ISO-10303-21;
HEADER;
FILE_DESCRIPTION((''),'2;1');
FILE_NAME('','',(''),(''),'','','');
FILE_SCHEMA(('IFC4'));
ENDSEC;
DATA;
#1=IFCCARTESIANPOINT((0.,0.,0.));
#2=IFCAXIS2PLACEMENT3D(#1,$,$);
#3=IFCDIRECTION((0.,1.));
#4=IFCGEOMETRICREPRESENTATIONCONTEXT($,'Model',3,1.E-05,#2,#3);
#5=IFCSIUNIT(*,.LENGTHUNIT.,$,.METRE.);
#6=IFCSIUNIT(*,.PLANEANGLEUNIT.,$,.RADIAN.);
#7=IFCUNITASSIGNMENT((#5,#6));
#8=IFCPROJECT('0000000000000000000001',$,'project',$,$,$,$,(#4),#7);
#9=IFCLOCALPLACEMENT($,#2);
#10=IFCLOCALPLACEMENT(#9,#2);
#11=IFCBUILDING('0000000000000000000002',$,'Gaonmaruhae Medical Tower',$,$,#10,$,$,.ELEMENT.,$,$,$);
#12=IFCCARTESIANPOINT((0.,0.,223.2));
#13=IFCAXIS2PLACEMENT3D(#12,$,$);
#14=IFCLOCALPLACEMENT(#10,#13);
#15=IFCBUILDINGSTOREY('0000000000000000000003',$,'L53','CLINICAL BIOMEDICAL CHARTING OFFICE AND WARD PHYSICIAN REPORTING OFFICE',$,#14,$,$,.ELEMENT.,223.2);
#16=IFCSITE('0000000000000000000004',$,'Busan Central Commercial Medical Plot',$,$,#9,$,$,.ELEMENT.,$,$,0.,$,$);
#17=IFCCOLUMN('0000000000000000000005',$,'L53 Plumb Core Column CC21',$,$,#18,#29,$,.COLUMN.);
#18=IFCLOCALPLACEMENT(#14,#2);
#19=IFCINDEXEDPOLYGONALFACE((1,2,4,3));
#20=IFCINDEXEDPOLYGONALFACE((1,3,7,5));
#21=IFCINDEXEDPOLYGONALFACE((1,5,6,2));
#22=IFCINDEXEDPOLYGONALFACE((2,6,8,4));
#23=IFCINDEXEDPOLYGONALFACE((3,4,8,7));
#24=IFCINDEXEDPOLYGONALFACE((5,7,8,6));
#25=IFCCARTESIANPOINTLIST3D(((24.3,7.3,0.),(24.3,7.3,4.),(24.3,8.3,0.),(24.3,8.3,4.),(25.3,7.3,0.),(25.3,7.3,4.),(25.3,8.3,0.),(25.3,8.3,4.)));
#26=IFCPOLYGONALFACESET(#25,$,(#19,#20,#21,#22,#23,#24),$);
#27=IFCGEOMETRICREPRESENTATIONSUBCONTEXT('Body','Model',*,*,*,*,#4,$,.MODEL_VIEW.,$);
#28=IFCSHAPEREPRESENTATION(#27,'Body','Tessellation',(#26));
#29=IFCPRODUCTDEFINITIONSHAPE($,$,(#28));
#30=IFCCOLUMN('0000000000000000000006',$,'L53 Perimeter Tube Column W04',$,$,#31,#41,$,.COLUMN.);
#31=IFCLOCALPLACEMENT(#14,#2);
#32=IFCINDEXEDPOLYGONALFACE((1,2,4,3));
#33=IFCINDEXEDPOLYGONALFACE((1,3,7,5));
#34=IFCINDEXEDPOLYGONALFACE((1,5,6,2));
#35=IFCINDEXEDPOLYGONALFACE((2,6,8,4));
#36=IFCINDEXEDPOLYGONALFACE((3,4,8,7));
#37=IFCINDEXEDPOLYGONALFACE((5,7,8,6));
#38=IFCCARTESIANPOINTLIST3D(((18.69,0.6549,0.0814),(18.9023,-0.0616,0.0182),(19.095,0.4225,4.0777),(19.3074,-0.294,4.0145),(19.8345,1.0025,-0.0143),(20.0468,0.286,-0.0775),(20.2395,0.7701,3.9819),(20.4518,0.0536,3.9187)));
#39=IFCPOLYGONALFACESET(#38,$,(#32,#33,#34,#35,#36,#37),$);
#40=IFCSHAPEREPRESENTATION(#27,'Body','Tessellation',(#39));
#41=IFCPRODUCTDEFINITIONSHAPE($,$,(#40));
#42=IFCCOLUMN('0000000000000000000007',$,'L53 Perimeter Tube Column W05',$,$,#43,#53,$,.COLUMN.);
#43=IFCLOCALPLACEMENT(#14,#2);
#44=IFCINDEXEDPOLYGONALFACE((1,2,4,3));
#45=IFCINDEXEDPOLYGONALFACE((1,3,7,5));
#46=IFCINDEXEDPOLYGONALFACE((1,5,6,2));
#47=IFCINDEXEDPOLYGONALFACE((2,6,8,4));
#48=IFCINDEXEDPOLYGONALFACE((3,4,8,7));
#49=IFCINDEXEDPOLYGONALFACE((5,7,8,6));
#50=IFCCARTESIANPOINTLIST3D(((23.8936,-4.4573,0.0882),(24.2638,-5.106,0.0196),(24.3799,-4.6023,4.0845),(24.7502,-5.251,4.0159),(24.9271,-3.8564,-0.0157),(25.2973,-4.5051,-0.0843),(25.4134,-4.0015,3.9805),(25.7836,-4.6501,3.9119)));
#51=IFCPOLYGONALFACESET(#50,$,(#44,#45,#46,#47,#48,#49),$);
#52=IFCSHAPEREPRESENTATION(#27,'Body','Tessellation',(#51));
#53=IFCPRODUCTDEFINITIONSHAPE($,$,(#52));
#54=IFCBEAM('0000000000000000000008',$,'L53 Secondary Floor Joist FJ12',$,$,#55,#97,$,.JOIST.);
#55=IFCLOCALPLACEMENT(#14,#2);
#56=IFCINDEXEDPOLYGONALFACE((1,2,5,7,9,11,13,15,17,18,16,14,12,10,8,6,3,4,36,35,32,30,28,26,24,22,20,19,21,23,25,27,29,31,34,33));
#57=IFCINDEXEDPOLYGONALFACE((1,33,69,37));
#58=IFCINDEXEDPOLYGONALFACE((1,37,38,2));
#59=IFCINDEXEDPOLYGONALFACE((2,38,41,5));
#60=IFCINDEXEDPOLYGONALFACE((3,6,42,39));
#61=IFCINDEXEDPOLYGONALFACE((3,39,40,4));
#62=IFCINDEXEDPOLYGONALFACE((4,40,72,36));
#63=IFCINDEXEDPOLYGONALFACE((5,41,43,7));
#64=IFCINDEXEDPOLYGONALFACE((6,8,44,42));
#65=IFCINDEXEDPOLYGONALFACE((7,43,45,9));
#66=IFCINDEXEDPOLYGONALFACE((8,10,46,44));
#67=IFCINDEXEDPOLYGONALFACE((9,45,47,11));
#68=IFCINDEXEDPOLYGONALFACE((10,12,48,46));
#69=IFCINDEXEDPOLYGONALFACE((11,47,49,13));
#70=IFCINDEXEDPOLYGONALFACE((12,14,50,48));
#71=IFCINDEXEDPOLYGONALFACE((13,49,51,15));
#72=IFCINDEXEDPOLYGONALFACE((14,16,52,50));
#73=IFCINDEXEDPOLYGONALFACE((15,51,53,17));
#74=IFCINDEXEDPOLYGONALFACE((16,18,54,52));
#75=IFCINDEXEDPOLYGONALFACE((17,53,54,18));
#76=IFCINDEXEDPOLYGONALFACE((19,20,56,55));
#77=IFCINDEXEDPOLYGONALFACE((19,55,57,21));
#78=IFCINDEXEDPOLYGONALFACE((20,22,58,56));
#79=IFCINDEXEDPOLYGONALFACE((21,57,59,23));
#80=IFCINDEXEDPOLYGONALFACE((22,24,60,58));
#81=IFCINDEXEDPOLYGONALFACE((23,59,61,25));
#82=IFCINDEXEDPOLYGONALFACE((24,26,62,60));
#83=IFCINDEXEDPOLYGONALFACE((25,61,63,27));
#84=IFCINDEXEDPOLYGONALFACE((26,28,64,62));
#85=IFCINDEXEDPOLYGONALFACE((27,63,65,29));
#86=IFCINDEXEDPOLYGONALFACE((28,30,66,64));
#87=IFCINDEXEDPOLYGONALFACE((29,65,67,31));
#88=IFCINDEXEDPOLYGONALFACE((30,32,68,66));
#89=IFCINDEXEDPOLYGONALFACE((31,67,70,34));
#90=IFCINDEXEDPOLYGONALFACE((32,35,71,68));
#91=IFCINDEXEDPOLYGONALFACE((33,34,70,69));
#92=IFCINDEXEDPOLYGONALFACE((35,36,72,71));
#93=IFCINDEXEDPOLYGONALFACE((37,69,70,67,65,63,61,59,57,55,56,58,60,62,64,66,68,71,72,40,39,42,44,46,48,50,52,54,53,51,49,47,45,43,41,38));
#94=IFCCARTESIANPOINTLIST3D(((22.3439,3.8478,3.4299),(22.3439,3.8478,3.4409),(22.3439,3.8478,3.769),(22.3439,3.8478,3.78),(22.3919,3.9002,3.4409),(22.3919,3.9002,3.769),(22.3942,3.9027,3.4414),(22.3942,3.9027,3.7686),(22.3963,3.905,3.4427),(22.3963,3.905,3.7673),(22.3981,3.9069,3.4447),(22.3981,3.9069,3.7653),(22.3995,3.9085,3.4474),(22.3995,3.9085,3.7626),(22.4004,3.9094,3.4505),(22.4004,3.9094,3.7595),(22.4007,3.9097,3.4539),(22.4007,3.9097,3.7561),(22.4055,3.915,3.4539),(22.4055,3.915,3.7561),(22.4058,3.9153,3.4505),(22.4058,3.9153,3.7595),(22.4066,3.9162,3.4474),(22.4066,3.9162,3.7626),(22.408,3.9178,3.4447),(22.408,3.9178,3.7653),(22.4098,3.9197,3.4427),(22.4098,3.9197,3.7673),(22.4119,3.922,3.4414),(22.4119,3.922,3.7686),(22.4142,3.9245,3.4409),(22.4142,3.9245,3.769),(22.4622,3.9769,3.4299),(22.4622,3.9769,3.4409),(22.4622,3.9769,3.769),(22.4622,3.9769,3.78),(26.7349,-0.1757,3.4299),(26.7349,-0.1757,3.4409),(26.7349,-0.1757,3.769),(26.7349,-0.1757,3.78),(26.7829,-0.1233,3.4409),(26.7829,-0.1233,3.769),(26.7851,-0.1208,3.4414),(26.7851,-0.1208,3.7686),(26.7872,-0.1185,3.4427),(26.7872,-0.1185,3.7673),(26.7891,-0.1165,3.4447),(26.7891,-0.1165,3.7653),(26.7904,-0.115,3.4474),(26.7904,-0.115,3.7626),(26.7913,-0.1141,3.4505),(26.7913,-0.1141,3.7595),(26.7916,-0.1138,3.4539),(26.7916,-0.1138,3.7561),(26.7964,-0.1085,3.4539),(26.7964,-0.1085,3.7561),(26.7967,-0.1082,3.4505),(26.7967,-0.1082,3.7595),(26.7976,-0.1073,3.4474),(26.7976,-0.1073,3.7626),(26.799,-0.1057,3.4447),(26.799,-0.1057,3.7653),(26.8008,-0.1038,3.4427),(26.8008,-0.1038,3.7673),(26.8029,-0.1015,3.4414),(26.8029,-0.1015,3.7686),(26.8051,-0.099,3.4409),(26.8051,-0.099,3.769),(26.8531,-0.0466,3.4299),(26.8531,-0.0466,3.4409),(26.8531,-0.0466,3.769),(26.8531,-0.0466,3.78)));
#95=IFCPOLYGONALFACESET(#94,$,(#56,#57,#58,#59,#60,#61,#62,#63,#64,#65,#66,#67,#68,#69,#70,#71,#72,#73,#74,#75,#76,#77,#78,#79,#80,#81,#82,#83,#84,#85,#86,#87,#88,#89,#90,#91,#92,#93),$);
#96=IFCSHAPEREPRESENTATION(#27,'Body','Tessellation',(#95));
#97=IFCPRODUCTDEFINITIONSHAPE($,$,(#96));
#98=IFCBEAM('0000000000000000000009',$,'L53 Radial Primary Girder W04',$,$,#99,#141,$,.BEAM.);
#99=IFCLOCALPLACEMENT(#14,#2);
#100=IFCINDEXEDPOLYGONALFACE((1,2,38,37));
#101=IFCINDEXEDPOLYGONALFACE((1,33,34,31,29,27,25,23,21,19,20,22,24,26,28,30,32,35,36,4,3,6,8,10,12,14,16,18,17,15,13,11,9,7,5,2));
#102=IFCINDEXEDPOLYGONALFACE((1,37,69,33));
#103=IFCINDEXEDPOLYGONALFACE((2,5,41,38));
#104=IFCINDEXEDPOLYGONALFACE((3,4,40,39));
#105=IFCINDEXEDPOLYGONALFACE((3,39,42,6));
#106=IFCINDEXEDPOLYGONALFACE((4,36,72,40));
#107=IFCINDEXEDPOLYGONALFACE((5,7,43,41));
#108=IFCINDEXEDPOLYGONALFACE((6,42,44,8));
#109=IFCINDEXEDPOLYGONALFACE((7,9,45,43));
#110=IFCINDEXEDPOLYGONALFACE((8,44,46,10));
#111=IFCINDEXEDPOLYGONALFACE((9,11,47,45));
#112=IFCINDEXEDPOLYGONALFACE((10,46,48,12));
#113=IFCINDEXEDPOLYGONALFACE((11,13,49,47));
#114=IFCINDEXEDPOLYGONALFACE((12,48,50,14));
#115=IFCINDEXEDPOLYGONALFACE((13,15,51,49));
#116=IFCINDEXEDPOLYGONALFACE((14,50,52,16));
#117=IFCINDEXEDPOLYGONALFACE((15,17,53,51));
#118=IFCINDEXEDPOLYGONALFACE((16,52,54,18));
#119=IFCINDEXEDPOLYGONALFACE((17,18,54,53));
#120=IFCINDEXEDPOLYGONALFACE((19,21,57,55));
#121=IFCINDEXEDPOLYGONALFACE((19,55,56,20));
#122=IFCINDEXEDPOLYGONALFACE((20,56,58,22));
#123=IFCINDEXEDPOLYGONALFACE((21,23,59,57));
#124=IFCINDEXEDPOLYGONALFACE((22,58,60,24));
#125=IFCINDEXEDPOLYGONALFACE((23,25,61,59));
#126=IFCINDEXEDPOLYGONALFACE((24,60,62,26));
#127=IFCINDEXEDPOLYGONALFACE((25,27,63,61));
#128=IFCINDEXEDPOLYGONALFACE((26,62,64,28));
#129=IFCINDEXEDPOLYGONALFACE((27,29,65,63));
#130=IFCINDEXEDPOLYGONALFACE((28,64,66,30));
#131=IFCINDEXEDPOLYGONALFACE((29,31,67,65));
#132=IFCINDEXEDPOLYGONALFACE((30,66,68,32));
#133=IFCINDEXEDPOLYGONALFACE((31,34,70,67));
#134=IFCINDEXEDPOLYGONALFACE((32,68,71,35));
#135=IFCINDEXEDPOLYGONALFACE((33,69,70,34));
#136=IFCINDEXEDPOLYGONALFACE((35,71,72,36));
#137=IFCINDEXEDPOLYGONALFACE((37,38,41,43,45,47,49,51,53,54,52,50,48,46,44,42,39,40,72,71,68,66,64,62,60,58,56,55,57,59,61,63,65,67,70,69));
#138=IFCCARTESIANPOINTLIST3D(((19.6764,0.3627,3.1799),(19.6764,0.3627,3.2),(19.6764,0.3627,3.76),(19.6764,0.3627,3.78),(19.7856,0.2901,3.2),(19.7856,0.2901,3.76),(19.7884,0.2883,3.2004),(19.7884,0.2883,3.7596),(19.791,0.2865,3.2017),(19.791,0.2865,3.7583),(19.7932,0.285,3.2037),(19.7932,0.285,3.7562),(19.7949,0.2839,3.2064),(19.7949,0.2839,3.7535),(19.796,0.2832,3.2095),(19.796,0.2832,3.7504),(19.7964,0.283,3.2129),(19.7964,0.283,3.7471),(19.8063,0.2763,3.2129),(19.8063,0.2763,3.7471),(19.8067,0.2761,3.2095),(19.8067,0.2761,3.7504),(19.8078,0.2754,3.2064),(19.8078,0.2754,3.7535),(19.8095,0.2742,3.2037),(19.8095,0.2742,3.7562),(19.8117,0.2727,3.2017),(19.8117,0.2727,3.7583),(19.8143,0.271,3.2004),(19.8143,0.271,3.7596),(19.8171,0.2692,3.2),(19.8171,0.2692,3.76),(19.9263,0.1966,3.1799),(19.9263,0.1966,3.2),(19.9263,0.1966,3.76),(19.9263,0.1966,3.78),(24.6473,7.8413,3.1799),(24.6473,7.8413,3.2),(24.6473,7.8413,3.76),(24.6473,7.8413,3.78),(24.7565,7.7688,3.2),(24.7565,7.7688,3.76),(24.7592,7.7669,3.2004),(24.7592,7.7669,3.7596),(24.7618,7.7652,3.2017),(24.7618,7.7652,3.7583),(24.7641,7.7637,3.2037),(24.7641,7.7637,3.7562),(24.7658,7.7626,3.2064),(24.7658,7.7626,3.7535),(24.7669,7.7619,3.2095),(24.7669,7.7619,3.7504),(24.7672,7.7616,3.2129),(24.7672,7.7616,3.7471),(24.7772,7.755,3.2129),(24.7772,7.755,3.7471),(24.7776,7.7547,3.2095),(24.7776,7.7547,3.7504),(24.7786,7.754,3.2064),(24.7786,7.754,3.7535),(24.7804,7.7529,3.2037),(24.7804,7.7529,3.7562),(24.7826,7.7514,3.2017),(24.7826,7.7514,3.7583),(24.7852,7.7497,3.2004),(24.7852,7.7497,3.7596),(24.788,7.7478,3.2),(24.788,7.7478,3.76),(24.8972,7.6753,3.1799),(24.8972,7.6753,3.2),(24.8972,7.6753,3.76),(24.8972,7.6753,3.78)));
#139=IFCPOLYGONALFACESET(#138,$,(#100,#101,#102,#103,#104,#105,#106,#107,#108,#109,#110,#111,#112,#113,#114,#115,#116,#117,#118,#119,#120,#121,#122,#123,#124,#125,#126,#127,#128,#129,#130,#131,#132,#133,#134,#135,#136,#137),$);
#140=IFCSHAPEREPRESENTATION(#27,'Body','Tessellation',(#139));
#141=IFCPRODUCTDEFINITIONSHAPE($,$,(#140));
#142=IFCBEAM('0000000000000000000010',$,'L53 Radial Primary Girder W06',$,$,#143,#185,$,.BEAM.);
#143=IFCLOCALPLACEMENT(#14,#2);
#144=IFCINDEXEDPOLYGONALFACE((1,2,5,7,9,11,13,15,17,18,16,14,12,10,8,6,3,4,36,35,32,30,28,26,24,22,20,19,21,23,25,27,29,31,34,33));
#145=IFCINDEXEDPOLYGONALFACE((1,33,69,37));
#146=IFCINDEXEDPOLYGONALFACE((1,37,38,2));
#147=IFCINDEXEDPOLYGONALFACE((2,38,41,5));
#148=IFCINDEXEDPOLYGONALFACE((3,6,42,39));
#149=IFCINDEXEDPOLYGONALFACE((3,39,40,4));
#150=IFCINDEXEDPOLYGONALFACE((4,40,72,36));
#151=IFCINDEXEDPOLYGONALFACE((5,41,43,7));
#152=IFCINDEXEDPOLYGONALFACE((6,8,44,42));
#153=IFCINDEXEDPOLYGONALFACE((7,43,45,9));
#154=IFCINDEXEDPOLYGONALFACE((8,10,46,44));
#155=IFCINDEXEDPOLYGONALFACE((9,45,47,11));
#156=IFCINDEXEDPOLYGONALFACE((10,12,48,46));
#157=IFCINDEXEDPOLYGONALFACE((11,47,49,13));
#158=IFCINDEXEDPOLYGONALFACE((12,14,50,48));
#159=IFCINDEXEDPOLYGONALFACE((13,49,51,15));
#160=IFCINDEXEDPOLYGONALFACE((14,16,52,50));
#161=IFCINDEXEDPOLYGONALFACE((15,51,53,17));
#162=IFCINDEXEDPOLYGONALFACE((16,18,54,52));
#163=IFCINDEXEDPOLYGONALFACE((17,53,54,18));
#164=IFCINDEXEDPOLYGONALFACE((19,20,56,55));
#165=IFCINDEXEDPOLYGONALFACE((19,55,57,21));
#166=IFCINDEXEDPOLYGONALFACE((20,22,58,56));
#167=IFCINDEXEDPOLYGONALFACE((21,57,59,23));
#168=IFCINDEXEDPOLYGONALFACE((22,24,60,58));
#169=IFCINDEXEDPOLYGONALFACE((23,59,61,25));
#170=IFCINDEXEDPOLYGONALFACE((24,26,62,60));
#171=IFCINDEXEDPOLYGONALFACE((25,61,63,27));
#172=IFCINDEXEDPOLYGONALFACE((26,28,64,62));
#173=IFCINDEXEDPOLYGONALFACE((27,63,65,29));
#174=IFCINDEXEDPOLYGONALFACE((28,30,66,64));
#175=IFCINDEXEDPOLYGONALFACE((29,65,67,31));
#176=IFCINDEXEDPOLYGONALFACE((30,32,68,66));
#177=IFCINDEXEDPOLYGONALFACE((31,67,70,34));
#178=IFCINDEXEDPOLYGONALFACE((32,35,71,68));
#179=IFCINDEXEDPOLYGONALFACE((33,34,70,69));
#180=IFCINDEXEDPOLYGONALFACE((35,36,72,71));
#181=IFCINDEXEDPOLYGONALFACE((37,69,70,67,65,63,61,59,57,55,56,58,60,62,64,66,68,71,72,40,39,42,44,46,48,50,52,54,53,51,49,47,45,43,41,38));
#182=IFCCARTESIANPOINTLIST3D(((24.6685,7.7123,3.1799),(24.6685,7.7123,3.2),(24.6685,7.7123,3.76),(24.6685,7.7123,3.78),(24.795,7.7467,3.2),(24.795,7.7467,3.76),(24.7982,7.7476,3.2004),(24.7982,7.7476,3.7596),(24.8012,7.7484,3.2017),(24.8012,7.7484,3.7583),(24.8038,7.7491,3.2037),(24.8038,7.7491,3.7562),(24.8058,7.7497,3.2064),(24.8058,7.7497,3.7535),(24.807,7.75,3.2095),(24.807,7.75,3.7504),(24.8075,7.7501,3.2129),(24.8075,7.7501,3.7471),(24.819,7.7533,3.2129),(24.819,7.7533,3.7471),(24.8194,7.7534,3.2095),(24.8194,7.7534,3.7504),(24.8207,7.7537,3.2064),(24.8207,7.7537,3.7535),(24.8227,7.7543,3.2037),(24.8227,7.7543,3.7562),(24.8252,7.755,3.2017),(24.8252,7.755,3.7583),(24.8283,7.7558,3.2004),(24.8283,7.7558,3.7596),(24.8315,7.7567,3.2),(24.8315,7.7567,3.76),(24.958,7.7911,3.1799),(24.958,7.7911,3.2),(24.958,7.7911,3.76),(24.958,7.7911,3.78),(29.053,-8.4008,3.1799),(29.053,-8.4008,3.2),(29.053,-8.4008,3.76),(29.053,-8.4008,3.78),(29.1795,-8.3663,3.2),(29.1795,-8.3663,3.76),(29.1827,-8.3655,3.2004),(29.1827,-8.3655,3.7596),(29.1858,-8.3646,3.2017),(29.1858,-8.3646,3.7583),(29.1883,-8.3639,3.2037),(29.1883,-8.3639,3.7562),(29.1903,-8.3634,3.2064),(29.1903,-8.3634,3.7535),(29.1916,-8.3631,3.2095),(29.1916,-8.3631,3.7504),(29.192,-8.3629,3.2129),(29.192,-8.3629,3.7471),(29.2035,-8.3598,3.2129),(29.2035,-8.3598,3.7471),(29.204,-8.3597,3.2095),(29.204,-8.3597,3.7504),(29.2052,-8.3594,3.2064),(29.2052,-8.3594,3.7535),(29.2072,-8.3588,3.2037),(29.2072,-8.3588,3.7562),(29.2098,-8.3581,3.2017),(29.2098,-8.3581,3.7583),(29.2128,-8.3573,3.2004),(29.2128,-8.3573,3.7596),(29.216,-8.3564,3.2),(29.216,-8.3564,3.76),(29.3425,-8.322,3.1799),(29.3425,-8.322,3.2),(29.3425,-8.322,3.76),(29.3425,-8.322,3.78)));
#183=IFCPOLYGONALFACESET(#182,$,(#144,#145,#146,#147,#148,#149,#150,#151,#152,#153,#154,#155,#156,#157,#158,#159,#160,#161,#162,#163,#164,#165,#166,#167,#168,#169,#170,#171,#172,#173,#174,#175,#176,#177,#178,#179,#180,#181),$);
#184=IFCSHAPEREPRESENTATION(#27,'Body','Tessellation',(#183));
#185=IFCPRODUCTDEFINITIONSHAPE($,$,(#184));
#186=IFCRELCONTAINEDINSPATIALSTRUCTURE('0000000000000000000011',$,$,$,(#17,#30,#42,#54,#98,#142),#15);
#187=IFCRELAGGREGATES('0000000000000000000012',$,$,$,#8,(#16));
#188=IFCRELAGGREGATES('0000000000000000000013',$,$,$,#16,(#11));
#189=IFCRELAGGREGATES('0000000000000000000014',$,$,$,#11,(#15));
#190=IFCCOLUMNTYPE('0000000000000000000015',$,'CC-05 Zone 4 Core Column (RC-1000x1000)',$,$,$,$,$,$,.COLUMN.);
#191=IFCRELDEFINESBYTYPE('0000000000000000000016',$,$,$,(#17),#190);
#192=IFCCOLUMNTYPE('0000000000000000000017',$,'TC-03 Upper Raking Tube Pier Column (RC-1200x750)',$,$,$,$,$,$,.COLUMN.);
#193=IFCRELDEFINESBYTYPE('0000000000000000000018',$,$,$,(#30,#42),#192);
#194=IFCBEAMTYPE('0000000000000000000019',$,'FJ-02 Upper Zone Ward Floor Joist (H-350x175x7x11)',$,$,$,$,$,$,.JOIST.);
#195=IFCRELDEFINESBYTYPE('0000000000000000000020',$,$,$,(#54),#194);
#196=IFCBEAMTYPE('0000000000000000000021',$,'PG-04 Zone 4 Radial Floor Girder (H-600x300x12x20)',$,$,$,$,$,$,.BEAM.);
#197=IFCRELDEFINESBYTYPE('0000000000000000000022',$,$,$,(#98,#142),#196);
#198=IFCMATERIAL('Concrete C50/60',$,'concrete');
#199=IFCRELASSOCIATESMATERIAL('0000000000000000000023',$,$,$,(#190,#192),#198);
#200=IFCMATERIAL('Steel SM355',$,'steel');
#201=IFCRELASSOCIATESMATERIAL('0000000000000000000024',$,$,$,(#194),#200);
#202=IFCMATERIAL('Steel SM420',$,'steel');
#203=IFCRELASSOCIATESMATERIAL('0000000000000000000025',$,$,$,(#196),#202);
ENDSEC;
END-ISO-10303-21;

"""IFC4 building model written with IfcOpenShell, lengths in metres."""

from ifc_helpers import new_model, si_unit, direction, frame, origin, origin_2d, place, context, subcontext, project, spatial, rectangle, i_section, extrude, material, material_profile, profile_set, type_object, element, save


model = new_model("IFC4")

# Units and contexts
model_context = context("Model", 3, precision=1e-05, world=origin(), true_north=direction((0.0, 1.0)))
body_context = subcontext(model_context, "Body", "Model", "MODEL_VIEW")
ifc_project = project(units=[si_unit("LENGTHUNIT", "METRE"), si_unit("PLANEANGLEUNIT", "RADIAN")], contexts=[model_context])

# Site, building, storey
site_placement = place(None, origin())
site = spatial("IfcSite", under=ifc_project, at=site_placement, Name="Busan Central Commercial Medical Plot", CompositionType="ELEMENT", RefElevation=0.0)
building_placement = place(site_placement, origin())
building = spatial("IfcBuilding", under=site, at=building_placement, Name="Gaonmaruhae Medical Tower", CompositionType="ELEMENT")
storey_placement = place(building_placement, frame((0.0, 0.0, 223.2)))
storey = spatial("IfcBuildingStorey", under=building, at=storey_placement, Name="L53", Description="CLINICAL BIOMEDICAL CHARTING OFFICE AND WARD PHYSICIAN REPORTING OFFICE", CompositionType="ELEMENT", Elevation=223.2)

# Columns
ifc_material_1 = material(Name="Concrete C50/60", Category="concrete")
ifc_material_profile_1 = material_profile(ifc_material_1, rectangle(XDim=1.0, YDim=1.0, at=origin_2d()), Name="RC-1000x1000")
ifc_profile_set_1 = profile_set([ifc_material_profile_1], Name="Concrete C50/60")
column_type_1 = type_object("IfcColumnType", Name="CC-05 Zone 4 Core Column (RC-1000x1000)", PredefinedType="COLUMN", material=ifc_profile_set_1)
column_1_placement = place(storey_placement, frame((24.8, 7.8, 0.0), z_axis=(0.0, 0.0, 1.0), x_axis=(1.0, 0.0, 0.0)))
element("IfcColumn", 1, at=column_1_placement, inside=storey, type_object=column_type_1, Name="L53 Plumb Core Column CC21", PredefinedType="COLUMN", context=body_context, shape_type="SweptSolid", body=[
    extrude(rectangle(XDim=1.0, YDim=1.0, at=origin_2d()), origin(), (0.0, 0.0, 1.0), 4.0),
])
ifc_material_profile_2 = material_profile(ifc_material_1, rectangle(XDim=1.2, YDim=0.75, at=origin_2d()), Name="RC-1200x750")
ifc_profile_set_2 = profile_set([ifc_material_profile_2], Name="Concrete C50/60")
column_type_2 = type_object("IfcColumnType", Name="TC-03 Upper Raking Tube Pier Column (RC-1200x750)", PredefinedType="COLUMN", material=ifc_profile_set_2)
column_2_placement = place(storey_placement, frame((19.3684, 0.4705, 0.002), z_axis=(0.100665, -0.057766, 0.993242), x_axis=(-0.953786, -0.289692, 0.079818)))
element("IfcColumn", 2, at=column_2_placement, inside=storey, type_object=column_type_2, Name="L53 Perimeter Tube Column W04", PredefinedType="COLUMN", context=body_context, shape_type="SweptSolid", body=[
    extrude(rectangle(XDim=1.2, YDim=0.75, at=origin_2d()), origin(), (0.0, 0.0, 1.0), 4.0234),
])
column_3_placement = place(storey_placement, frame((24.5955, -4.4812, 0.002), z_axis=(0.120724, -0.035999, 0.992033), x_axis=(-0.861248, -0.500746, 0.086637)))
element("IfcColumn", 3, at=column_3_placement, inside=storey, type_object=column_type_2, Name="L53 Perimeter Tube Column W05", PredefinedType="COLUMN", context=body_context, shape_type="SweptSolid", body=[
    extrude(rectangle(XDim=1.2, YDim=0.75, at=origin_2d()), origin(), (0.0, 0.0, 1.0), 4.0283),
])

# Beams
ifc_material_2 = material(Name="Steel SM355", Category="steel")
ifc_material_profile_3 = material_profile(ifc_material_2, i_section(OverallWidth=0.175, OverallDepth=0.3501, WebThickness=0.0071, FlangeThickness=0.011, FilletRadius=0.0129, at=origin_2d()), Name="H-350x175x7x11")
ifc_profile_set_3 = profile_set([ifc_material_profile_3], Name="Steel SM355")
beam_type_1 = type_object("IfcBeamType", Name="FJ-02 Upper Zone Ward Floor Joist (H-350x175x7x11)", PredefinedType="JOIST", material=ifc_profile_set_3)
beam_1_placement = place(storey_placement, frame((22.4031, 3.9124, 3.605), z_axis=(0.737282, -0.675585, 0.0), x_axis=(0.675585, 0.737282, 0.0)))
element("IfcBeam", 4, at=beam_1_placement, inside=storey, type_object=beam_type_1, Name="L53 Secondary Floor Joist FJ12", PredefinedType="JOIST", context=body_context, shape_type="SweptSolid", body=[
    extrude(i_section(OverallWidth=0.175, OverallDepth=0.3501, WebThickness=0.0071, FlangeThickness=0.011, FilletRadius=0.0129, at=origin_2d()), origin(), (0.0, 0.0, 1.0), 5.9556),
])
ifc_material_3 = material(Name="Steel SM420", Category="steel")
ifc_material_profile_4 = material_profile(ifc_material_3, i_section(OverallWidth=0.3, OverallDepth=0.6001, WebThickness=0.012, FlangeThickness=0.02, FilletRadius=0.0129, at=origin_2d()), Name="H-600x300x12x20")
ifc_profile_set_4 = profile_set([ifc_material_profile_4], Name="Steel SM420")
beam_type_2 = type_object("IfcBeamType", Name="PG-04 Zone 4 Radial Floor Girder (H-600x300x12x20)", PredefinedType="BEAM", material=ifc_profile_set_4)
beam_2_placement = place(storey_placement, frame((24.7722, 7.7583, 3.48), z_axis=(-0.553552, -0.832815, 0.0), x_axis=(0.832815, -0.553552, 0.0)))
element("IfcBeam", 5, at=beam_2_placement, inside=storey, type_object=beam_type_2, Name="L53 Radial Primary Girder W04", PredefinedType="BEAM", context=body_context, shape_type="SweptSolid", body=[
    extrude(i_section(OverallWidth=0.3, OverallDepth=0.6001, WebThickness=0.012, FlangeThickness=0.02, FilletRadius=0.0129, at=origin_2d()), origin(), (0.0, 0.0, 1.0), 8.98),
])
beam_3_placement = place(storey_placement, frame((24.8132, 7.7517, 3.48), z_axis=(0.262563, -0.964915, 0.0), x_axis=(0.964915, 0.262563, 0.0)))
element("IfcBeam", 6, at=beam_3_placement, inside=storey, type_object=beam_type_2, Name="L53 Radial Primary Girder W06", PredefinedType="BEAM", context=body_context, shape_type="SweptSolid", body=[
    extrude(i_section(OverallWidth=0.3, OverallDepth=0.6001, WebThickness=0.012, FlangeThickness=0.02, FilletRadius=0.0129, at=origin_2d()), origin(), (0.0, 0.0, 1.0), 16.699),
])

save(model, "model.ifc")
